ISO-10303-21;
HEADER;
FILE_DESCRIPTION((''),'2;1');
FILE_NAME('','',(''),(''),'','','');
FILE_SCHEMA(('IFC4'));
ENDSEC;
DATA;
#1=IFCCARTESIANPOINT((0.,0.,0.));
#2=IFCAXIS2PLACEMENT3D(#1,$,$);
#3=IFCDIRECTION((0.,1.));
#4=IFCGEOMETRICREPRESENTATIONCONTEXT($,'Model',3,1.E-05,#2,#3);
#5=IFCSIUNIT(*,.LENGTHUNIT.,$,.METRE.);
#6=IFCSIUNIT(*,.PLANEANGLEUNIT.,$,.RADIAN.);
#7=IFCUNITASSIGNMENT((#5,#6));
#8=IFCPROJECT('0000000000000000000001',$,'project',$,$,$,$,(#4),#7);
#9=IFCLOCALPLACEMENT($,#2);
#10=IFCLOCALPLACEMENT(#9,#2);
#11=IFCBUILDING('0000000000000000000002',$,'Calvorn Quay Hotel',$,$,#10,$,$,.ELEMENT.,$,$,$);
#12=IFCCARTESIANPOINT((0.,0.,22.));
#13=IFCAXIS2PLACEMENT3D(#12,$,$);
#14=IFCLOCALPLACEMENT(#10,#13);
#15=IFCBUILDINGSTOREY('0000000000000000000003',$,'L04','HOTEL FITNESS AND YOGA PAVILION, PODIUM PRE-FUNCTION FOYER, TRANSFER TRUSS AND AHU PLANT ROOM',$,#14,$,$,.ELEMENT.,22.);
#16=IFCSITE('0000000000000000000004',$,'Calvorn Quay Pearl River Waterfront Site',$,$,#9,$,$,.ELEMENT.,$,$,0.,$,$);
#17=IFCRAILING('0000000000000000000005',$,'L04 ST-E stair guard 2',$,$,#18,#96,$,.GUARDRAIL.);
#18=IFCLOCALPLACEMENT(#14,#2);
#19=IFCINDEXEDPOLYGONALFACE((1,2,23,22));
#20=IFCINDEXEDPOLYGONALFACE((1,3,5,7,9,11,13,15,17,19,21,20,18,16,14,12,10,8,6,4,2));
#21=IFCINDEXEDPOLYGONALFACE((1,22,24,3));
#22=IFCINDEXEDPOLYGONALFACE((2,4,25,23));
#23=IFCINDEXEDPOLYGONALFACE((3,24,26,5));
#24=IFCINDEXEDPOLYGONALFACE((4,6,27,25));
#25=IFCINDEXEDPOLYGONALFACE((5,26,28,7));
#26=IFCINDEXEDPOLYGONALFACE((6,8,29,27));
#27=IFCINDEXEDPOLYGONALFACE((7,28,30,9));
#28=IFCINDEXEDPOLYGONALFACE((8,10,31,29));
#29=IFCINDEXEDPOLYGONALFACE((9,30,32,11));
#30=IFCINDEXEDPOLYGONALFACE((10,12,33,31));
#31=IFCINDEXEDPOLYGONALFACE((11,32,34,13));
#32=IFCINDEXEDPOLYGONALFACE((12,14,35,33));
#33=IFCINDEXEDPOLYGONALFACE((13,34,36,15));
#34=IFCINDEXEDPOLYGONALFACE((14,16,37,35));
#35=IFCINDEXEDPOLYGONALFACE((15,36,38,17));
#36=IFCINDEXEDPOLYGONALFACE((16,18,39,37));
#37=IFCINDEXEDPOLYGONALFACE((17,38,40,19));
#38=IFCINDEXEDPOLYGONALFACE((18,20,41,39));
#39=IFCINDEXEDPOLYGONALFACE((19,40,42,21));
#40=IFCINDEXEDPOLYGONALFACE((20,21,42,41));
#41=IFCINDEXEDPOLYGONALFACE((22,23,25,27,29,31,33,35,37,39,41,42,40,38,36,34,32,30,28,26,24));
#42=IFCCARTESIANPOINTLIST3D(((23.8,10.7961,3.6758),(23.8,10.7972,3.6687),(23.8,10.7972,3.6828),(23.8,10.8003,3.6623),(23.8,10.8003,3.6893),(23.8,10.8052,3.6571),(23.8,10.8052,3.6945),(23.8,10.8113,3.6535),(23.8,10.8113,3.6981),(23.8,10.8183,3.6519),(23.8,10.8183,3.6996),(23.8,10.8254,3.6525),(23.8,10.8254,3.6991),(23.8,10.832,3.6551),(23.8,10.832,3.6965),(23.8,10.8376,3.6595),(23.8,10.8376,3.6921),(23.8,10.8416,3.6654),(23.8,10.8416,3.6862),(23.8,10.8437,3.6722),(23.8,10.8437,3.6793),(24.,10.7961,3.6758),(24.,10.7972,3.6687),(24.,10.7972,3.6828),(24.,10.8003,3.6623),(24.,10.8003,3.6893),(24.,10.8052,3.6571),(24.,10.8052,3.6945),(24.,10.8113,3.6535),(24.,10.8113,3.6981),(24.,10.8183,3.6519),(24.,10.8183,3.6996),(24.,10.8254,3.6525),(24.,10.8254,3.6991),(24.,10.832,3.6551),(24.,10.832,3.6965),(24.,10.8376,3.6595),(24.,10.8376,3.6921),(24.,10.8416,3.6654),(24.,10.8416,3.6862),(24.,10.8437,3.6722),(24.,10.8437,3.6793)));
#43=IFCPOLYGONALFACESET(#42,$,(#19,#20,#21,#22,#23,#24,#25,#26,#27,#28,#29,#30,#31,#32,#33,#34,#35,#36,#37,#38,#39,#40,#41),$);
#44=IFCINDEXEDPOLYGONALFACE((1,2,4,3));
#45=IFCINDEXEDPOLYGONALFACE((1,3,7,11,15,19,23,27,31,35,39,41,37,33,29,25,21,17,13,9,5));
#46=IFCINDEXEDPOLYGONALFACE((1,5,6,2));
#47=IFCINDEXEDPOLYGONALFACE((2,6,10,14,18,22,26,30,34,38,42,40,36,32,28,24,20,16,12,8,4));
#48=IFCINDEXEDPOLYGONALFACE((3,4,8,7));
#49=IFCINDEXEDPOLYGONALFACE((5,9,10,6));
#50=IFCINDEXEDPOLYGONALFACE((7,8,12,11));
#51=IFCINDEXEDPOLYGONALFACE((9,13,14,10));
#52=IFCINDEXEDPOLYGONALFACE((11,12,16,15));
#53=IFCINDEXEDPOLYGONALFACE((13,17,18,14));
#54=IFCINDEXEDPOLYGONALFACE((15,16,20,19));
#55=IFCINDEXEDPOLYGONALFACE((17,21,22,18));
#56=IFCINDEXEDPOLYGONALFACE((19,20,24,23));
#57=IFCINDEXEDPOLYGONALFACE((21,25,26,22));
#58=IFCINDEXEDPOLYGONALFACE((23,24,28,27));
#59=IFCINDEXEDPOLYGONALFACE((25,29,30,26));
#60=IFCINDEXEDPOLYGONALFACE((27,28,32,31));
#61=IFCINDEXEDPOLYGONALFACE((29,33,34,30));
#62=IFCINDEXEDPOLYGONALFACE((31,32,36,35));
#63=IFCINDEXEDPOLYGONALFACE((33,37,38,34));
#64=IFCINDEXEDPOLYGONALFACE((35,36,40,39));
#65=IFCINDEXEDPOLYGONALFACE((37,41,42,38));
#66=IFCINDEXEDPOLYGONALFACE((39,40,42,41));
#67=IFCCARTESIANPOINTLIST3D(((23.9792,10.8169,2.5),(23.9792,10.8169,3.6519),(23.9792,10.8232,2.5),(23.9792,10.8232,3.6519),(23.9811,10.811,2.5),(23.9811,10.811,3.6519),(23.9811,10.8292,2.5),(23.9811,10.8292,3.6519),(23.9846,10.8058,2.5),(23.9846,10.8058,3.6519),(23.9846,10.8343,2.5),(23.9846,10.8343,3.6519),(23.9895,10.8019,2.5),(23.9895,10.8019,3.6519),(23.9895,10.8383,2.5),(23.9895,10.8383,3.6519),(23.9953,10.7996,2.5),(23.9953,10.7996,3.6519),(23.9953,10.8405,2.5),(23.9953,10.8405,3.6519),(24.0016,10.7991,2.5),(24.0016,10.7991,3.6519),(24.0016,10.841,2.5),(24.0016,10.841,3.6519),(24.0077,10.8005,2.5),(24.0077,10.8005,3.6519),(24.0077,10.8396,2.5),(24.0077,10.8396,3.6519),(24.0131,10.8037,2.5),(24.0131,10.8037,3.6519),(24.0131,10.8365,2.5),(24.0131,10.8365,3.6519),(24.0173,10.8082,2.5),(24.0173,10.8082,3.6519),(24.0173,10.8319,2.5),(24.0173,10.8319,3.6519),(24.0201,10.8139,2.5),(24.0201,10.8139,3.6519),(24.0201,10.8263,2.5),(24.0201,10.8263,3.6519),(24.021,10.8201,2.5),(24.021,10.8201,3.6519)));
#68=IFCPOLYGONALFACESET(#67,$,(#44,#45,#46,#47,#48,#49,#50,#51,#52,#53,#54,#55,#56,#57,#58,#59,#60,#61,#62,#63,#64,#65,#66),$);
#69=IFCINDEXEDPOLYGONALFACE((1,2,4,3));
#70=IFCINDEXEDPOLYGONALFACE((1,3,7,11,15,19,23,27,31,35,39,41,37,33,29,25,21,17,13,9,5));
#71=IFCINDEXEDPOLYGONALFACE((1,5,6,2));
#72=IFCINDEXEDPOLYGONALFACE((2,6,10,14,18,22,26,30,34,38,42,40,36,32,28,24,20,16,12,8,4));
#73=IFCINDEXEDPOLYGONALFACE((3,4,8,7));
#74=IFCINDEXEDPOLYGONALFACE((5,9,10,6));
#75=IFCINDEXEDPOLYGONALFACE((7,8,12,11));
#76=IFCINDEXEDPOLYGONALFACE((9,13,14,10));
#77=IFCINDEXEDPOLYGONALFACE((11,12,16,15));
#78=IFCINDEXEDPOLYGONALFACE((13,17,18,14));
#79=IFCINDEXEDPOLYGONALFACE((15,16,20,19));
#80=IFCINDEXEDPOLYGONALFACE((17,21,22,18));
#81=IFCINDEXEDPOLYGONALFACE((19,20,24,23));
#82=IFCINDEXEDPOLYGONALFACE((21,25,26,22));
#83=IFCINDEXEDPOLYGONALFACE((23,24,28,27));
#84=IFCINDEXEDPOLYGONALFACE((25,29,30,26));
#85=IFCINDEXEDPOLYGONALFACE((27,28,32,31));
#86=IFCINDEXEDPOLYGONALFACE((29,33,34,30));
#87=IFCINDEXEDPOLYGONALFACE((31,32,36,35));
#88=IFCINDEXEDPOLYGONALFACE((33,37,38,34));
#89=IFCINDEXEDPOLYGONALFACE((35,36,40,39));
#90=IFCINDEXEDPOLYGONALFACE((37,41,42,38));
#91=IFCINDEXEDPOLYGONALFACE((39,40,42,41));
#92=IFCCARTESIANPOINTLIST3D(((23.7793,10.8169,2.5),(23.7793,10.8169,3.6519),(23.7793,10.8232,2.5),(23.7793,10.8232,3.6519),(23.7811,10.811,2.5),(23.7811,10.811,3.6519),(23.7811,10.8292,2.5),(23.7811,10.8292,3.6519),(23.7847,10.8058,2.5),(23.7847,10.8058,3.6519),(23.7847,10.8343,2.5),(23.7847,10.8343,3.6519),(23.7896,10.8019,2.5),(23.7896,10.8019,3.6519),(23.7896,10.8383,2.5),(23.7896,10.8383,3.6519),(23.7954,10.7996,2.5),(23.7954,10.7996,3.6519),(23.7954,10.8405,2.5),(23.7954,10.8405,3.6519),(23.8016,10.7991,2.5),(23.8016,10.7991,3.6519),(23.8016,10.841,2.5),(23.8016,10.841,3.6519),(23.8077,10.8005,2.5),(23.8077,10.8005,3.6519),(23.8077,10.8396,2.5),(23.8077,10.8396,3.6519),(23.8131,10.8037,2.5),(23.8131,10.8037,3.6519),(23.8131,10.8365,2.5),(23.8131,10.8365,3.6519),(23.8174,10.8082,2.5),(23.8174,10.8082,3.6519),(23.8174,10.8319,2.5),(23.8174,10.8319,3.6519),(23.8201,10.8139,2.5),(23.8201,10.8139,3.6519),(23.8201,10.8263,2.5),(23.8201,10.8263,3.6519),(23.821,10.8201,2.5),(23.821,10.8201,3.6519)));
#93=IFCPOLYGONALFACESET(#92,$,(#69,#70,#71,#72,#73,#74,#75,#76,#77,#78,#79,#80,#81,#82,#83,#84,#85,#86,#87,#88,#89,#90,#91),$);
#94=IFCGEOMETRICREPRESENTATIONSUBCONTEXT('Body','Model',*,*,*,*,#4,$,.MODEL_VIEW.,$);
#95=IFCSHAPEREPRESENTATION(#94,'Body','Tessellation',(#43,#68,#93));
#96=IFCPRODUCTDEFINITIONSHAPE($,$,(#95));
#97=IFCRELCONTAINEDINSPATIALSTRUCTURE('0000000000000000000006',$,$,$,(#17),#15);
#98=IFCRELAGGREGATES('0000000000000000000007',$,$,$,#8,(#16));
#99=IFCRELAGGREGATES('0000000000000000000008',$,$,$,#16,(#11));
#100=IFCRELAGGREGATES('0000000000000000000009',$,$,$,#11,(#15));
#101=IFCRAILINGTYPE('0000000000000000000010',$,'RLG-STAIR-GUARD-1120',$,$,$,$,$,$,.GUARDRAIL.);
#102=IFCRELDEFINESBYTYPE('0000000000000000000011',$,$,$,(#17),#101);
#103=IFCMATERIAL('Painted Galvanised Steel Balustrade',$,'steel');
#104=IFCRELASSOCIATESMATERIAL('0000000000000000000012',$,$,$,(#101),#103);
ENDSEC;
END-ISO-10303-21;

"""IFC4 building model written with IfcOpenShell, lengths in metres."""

from ifc_helpers import new_model, si_unit, direction, frame, origin, origin_2d, place, context, subcontext, project, spatial, circle, extrude, material, type_object, element, save


model = new_model("IFC4")

# Units and contexts
model_context = context("Model", 3, precision=1e-05, world=origin(), true_north=direction((0.0, 1.0)))
body_context = subcontext(model_context, "Body", "Model", "MODEL_VIEW")
ifc_project = project(units=[si_unit("LENGTHUNIT", "METRE"), si_unit("PLANEANGLEUNIT", "RADIAN")], contexts=[model_context])

# Site, building, storey
site_placement = place(None, origin())
site = spatial("IfcSite", under=ifc_project, at=site_placement, Name="Calvorn Quay Pearl River Waterfront Site", CompositionType="ELEMENT", RefElevation=0.0)
building_placement = place(site_placement, origin())
building = spatial("IfcBuilding", under=site, at=building_placement, Name="Calvorn Quay Hotel", CompositionType="ELEMENT")
storey_placement = place(building_placement, frame((0.0, 0.0, 22.0)))
storey = spatial("IfcBuildingStorey", under=building, at=storey_placement, Name="L04", Description="HOTEL FITNESS AND YOGA PAVILION, PODIUM PRE-FUNCTION FOYER, TRANSFER TRUSS AND AHU PLANT ROOM", CompositionType="ELEMENT", Elevation=22.0)

# Railing
ifc_material_1 = material(Name="Painted Galvanised Steel Balustrade", Category="steel")
railing_type_1 = type_object("IfcRailingType", Name="RLG-STAIR-GUARD-1120", PredefinedType="GUARDRAIL", material=ifc_material_1)
railing_1_placement = place(storey_placement, frame((24.0, 10.8201, 2.5)))
element("IfcRailing", 1, at=railing_1_placement, inside=storey, type_object=railing_type_1, Name="L04 ST-E stair guard 2", PredefinedType="GUARDRAIL", context=body_context, shape_type="SweptSolid", body=[
    extrude(circle(Radius=0.0239, at=origin_2d()), frame((0.0, 0.0, 1.1758), z_axis=(-1.0, 0.0, 0.0), x_axis=(0.0, -1.0, 0.0)), (0.0, 0.0, 1.0), 0.2),
    extrude(circle(Radius=0.021, at=origin_2d()), origin(), (0.0, 0.0, 1.0), 1.1519),
    extrude(circle(Radius=0.021, at=origin_2d()), frame((-0.2, 0.0, 0.0)), (0.0, 0.0, 1.0), 1.1519),
])

save(model, "model.ifc")
